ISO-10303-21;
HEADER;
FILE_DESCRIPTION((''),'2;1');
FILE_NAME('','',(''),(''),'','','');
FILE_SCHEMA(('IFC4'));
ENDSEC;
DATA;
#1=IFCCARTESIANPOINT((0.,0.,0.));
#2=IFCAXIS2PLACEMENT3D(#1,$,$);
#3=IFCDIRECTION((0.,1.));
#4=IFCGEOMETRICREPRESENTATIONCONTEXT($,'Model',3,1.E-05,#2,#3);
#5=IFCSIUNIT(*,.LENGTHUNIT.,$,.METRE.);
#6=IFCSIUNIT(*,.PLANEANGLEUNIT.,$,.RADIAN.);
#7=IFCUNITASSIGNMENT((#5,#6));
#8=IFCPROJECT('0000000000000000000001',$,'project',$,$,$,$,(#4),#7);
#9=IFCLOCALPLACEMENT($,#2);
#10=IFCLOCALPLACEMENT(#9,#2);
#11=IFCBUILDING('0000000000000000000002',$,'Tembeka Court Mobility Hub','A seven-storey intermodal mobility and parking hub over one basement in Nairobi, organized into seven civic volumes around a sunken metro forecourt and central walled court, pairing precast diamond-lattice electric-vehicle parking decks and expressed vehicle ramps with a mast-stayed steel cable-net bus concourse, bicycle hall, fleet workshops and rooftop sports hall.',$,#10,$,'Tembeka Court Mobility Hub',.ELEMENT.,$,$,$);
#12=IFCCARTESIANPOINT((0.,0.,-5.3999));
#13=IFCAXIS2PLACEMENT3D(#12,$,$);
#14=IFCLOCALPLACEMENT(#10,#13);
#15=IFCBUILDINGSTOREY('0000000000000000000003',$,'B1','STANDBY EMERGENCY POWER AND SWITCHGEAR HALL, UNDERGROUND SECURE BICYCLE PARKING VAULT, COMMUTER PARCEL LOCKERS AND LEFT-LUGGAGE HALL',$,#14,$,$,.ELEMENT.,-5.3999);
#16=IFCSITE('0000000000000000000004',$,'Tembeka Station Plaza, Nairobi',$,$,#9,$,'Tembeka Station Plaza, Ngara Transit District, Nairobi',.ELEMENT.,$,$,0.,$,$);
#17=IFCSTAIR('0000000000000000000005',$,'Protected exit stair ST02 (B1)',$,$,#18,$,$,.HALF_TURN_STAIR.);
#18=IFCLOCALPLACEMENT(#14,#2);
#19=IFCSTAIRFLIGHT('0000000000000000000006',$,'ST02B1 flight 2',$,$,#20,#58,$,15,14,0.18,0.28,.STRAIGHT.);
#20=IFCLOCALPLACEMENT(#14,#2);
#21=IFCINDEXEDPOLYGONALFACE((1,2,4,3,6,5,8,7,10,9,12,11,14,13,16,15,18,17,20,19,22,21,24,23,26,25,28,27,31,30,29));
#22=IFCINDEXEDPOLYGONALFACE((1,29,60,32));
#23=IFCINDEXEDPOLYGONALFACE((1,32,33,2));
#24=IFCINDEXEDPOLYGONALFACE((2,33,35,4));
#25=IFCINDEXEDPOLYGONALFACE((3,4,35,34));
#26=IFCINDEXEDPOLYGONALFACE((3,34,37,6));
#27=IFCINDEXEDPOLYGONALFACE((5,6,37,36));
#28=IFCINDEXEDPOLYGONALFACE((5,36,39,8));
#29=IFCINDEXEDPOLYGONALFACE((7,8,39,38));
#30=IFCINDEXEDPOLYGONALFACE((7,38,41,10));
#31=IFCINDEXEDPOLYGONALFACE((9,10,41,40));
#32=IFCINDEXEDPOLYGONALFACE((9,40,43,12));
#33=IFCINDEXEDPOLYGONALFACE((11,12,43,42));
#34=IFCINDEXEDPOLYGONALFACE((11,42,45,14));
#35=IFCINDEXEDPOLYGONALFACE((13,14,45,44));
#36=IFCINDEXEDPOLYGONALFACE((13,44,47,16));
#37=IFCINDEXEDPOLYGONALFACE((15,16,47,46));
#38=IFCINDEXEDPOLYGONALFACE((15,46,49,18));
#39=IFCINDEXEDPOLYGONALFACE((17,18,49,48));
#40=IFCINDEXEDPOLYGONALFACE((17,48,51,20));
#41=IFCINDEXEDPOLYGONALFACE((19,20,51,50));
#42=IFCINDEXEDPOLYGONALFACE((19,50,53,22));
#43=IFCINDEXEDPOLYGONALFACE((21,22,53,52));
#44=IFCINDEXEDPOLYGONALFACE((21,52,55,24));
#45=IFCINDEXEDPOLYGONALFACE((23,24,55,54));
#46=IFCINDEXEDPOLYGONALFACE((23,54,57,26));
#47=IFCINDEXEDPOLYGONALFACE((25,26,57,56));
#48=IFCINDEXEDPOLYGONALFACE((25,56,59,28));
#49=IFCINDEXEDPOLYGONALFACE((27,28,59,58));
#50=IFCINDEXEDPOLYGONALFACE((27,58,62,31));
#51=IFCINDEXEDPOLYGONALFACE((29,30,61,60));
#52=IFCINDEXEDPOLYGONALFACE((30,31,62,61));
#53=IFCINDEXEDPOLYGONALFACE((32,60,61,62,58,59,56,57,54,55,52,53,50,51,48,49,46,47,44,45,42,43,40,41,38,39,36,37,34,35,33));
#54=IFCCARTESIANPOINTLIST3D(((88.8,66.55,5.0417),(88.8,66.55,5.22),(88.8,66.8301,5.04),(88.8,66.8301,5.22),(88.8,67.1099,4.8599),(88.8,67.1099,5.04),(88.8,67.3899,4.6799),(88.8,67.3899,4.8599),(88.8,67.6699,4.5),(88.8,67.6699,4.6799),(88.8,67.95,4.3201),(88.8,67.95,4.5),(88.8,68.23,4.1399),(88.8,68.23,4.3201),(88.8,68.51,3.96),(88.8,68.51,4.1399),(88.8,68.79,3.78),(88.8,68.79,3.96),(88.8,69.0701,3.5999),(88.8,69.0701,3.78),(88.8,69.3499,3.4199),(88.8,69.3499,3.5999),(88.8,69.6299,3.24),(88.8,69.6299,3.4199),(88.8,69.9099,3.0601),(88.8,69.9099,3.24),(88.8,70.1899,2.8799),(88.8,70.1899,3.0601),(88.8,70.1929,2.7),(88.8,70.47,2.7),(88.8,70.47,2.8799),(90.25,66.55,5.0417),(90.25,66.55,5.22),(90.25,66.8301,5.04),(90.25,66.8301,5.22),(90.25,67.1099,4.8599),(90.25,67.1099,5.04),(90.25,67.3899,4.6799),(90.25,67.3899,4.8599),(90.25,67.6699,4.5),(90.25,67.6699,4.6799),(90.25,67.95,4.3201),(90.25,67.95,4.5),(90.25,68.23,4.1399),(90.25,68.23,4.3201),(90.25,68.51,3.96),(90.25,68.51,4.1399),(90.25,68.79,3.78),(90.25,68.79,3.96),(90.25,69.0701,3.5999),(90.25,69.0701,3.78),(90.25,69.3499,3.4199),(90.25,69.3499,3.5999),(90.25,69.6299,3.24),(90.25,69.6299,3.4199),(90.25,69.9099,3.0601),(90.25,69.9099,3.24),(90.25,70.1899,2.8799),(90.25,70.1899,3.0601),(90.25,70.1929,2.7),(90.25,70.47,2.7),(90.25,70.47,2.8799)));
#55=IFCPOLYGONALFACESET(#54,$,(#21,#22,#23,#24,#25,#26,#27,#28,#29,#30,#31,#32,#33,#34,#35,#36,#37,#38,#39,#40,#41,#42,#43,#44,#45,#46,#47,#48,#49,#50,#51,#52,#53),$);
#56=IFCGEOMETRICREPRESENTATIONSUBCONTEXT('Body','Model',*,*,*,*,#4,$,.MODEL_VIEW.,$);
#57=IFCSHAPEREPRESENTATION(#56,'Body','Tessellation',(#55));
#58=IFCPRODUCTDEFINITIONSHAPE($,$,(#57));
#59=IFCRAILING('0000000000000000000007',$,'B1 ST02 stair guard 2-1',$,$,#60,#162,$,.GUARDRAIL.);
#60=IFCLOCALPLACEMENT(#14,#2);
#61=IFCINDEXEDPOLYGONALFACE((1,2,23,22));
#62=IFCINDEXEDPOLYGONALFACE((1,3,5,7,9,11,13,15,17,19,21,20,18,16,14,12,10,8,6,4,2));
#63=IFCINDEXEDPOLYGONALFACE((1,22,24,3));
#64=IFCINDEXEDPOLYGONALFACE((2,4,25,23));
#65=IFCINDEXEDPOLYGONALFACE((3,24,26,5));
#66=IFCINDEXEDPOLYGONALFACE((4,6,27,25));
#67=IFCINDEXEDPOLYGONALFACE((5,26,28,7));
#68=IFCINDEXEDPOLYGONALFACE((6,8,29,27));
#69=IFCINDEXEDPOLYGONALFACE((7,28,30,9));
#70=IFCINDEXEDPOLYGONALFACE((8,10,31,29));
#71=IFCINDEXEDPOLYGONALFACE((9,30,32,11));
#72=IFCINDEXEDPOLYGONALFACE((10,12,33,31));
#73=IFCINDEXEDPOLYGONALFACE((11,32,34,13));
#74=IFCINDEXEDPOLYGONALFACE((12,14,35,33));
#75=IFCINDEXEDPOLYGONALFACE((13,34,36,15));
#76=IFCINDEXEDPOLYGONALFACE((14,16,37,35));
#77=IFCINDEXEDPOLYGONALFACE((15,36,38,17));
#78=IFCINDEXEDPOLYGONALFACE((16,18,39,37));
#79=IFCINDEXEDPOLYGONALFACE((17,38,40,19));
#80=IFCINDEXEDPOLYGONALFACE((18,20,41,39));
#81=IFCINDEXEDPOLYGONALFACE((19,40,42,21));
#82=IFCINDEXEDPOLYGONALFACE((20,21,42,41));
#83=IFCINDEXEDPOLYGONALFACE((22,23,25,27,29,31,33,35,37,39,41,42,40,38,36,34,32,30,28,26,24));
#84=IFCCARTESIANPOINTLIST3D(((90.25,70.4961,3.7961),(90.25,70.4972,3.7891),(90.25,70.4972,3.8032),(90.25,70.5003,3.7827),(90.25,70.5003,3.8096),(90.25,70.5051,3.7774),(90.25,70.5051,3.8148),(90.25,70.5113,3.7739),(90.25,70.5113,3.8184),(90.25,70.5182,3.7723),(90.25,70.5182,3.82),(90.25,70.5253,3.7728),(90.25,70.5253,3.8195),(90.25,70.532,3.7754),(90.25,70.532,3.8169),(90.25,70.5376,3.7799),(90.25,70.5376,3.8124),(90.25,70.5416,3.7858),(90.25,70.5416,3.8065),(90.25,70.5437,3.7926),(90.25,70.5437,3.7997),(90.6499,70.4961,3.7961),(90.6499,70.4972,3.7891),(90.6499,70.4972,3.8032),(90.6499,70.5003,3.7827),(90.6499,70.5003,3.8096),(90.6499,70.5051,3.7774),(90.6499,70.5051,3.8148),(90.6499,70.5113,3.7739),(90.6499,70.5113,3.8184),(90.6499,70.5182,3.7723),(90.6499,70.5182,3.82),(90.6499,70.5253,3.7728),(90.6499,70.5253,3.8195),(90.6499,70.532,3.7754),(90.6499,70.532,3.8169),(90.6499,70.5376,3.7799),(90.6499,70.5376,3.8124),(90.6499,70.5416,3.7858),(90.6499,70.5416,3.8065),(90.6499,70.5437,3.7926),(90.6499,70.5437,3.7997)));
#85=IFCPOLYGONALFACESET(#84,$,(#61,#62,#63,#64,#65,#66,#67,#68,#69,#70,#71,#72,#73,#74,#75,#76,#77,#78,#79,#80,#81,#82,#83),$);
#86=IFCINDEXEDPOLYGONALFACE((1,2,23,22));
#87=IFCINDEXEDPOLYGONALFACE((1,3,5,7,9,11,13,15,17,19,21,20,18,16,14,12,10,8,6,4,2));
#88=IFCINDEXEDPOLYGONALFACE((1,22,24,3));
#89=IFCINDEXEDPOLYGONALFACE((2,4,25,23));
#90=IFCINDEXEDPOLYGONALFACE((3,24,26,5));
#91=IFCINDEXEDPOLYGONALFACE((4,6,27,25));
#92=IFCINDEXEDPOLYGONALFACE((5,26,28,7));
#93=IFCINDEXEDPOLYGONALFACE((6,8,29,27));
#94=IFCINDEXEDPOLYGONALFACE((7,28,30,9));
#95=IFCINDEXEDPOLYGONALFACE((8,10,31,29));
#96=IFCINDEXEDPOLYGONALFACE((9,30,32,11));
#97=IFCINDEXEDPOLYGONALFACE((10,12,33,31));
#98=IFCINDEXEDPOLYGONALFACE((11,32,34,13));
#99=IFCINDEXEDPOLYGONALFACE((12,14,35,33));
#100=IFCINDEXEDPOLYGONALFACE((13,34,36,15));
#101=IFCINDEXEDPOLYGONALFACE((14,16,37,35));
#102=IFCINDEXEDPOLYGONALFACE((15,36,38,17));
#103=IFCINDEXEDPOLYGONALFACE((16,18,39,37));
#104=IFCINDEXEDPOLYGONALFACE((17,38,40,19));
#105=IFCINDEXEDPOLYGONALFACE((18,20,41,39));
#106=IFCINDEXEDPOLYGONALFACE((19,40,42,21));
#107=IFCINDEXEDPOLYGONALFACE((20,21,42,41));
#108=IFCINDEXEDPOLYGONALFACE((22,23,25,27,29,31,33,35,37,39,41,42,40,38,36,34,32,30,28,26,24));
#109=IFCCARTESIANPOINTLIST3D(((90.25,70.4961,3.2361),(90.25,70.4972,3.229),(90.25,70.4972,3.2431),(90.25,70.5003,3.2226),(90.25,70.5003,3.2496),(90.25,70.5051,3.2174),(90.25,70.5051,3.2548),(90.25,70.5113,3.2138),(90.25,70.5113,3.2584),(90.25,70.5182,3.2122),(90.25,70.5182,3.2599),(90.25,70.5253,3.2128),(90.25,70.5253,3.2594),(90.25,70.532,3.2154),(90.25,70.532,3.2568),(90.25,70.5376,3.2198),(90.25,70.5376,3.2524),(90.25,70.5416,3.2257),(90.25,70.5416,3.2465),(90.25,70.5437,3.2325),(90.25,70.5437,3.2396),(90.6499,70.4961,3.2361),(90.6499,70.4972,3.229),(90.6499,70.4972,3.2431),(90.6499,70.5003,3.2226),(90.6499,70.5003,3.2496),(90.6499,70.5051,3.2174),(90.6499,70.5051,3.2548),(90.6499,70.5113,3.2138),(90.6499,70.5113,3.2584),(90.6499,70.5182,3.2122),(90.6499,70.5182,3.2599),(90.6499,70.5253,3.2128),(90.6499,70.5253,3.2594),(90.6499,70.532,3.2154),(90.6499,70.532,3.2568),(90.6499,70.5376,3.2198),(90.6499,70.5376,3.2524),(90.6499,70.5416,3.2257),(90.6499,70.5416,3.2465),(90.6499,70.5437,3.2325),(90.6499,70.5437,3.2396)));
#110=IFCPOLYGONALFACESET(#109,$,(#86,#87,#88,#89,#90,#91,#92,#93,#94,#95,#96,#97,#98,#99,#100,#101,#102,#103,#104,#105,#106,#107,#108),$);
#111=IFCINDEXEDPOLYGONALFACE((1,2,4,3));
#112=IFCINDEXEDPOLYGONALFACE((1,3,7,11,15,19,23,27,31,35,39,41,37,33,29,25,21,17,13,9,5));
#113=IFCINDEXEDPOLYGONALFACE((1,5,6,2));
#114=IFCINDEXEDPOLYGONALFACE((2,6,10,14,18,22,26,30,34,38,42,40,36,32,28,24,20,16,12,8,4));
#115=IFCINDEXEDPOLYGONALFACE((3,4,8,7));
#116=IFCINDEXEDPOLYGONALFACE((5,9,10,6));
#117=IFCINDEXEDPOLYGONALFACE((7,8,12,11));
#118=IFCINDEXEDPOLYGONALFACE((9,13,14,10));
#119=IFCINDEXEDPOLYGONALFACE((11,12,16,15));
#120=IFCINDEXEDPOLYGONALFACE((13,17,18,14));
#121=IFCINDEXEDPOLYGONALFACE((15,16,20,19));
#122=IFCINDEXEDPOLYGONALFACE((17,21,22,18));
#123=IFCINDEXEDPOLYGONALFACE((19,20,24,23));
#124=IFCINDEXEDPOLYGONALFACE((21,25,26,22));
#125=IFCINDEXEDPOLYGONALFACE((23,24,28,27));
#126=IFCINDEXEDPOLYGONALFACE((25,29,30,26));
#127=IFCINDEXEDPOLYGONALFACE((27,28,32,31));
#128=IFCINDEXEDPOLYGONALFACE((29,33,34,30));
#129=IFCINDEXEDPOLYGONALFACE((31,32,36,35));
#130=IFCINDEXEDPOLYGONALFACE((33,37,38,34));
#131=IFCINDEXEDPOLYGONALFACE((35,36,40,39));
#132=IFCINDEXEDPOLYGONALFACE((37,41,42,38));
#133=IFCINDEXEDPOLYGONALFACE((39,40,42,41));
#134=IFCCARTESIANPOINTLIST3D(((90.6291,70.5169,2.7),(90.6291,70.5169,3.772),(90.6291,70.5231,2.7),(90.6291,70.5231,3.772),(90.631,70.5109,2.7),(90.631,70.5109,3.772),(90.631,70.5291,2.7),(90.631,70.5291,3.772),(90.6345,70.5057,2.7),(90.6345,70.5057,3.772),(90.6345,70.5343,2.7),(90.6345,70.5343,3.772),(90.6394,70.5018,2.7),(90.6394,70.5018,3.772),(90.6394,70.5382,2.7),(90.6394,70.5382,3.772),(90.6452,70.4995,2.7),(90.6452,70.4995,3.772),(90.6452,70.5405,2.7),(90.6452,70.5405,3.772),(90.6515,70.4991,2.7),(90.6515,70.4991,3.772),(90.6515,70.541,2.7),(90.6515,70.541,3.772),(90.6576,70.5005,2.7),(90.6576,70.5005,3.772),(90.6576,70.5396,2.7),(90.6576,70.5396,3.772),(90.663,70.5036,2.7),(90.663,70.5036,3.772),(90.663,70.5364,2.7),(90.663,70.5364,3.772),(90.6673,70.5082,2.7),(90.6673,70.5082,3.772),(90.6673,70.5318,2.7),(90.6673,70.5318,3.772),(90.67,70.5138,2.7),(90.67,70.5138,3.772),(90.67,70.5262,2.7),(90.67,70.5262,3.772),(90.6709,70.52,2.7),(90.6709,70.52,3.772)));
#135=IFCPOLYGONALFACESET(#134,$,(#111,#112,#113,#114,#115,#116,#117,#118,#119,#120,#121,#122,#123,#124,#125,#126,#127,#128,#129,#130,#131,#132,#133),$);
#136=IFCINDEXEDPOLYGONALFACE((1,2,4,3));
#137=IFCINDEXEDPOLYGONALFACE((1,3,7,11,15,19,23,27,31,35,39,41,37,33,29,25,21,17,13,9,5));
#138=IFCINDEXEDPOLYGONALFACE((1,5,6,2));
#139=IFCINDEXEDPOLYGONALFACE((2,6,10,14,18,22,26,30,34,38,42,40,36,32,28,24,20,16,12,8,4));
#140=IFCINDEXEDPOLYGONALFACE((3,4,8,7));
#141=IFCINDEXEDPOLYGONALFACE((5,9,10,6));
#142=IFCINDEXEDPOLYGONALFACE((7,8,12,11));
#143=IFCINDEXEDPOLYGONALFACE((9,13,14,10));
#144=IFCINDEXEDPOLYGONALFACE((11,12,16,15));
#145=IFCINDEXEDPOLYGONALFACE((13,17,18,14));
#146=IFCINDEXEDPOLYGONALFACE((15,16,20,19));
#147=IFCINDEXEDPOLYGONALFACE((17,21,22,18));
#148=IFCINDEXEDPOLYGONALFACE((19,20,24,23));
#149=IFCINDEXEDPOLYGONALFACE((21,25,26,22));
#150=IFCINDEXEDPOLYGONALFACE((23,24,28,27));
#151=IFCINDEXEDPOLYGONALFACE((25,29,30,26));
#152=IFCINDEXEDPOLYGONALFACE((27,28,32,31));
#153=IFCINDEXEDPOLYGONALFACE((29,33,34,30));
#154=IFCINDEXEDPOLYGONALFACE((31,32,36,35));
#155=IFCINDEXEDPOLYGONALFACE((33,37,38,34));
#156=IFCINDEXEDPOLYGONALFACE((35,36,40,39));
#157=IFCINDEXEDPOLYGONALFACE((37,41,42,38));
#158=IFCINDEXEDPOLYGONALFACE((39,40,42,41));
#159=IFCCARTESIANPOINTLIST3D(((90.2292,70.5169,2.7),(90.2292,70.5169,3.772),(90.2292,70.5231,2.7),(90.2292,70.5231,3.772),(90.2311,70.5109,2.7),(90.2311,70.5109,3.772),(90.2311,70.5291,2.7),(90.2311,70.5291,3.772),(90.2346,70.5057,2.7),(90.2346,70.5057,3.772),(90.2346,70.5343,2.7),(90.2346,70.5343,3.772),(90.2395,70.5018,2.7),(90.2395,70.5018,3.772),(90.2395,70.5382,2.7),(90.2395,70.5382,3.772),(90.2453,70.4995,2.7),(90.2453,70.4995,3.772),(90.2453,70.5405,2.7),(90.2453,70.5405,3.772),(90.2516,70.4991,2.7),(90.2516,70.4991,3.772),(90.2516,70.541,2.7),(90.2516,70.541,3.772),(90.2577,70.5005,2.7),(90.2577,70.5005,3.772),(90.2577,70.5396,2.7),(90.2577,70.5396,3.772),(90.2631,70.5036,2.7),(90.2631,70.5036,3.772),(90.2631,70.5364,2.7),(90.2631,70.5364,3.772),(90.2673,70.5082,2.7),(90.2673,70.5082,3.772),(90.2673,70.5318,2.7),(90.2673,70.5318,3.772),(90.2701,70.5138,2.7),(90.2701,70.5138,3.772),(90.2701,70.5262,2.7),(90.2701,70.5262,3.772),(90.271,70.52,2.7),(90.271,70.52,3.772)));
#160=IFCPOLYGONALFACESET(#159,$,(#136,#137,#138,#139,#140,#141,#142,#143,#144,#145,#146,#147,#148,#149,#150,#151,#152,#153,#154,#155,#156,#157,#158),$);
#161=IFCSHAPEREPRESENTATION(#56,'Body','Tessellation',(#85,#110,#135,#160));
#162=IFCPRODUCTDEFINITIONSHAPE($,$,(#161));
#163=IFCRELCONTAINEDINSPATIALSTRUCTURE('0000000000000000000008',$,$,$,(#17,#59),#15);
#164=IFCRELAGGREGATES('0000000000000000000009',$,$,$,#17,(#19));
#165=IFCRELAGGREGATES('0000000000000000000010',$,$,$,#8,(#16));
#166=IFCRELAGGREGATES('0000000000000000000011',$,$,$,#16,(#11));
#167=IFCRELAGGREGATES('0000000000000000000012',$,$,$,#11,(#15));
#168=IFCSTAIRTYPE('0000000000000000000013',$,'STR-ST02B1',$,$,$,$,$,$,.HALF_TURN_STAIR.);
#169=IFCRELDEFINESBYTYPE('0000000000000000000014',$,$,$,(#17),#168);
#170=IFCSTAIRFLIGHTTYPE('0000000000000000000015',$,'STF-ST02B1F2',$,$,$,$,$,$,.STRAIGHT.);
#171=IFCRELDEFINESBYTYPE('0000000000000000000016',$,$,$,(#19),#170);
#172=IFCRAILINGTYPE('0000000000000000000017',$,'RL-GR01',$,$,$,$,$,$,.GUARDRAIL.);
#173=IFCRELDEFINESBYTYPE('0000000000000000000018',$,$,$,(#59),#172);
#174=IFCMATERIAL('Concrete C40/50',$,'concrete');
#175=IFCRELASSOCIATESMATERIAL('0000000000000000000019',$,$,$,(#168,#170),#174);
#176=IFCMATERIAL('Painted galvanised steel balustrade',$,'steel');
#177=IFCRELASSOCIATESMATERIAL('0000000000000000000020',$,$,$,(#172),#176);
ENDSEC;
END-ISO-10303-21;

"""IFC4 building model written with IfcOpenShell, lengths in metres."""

from ifc_helpers import new_model, si_unit, direction, frame, origin, origin_2d, place, context, subcontext, project, spatial, polyline, circle, outline, extrude, material, type_object, element, aggregate, save


model = new_model("IFC4")

# Units and contexts
model_context = context("Model", 3, precision=1e-05, world=origin(), true_north=direction((0.0, 1.0)))
body_context = subcontext(model_context, "Body", "Model", "MODEL_VIEW")
ifc_project = project(units=[si_unit("LENGTHUNIT", "METRE"), si_unit("PLANEANGLEUNIT", "RADIAN")], contexts=[model_context])

# Site, building, storey
site_placement = place(None, origin())
site = spatial("IfcSite", under=ifc_project, at=site_placement, Name="Tembeka Station Plaza, Nairobi", LongName="Tembeka Station Plaza, Ngara Transit District, Nairobi", CompositionType="ELEMENT", RefElevation=0.0)
building_placement = place(site_placement, origin())
building = spatial("IfcBuilding", under=site, at=building_placement, Name="Tembeka Court Mobility Hub", Description="A seven-storey intermodal mobility and parking hub over one basement in Nairobi, organized into seven civic volumes around a sunken metro forecourt and central walled court, pairing precast diamond-lattice electric-vehicle parking decks and expressed vehicle ramps with a mast-stayed steel cable-net bus concourse, bicycle hall, fleet workshops and rooftop sports hall.", LongName="Tembeka Court Mobility Hub", CompositionType="ELEMENT")
storey_placement = place(building_placement, frame((0.0, 0.0, -5.3999)))
storey = spatial("IfcBuildingStorey", under=building, at=storey_placement, Name="B1", Description="STANDBY EMERGENCY POWER AND SWITCHGEAR HALL, UNDERGROUND SECURE BICYCLE PARKING VAULT, COMMUTER PARCEL LOCKERS AND LEFT-LUGGAGE HALL", CompositionType="ELEMENT", Elevation=-5.3999)

# Shared definitions
ifc_material_1 = material(Name="Concrete C40/50", Category="concrete")

# Stair, stair flight
stair_type = type_object("IfcStairType", Name="STR-ST02B1", PredefinedType="HALF_TURN_STAIR", material=ifc_material_1)
stair_placement = place(storey_placement, origin())
stair = element("IfcStair", 1, at=stair_placement, inside=storey, type_object=stair_type, Name="Protected exit stair ST02 (B1)", PredefinedType="HALF_TURN_STAIR")
stair_flight_type = type_object("IfcStairFlightType", Name="STF-ST02B1F2", PredefinedType="STRAIGHT", material=ifc_material_1)
stair_flight_placement = place(storey_placement, frame((89.5249, 70.47, 2.7), z_axis=(0.0, 0.0, 1.0), x_axis=(0.0, -1.0, 0.0)))
stair_flight = element("IfcStairFlight", 2, at=stair_flight_placement, type_object=stair_flight_type, Name="ST02B1 flight 2", NumberOfRisers=15, NumberOfTreads=14, PredefinedType="STRAIGHT", RiserHeight=0.18, TreadLength=0.28, context=body_context, shape_type="SweptSolid", body=[
    extrude(outline(polyline([(0.0, 0.0), (0.0, 0.1799), (0.28, 0.1799), (0.28, 0.3601), (0.5601, 0.3601), (0.5601, 0.54), (0.8401, 0.54), (0.8401, 0.72), (1.1201, 0.72), (1.1201, 0.8999), (1.3999, 0.8999), (1.3999, 1.0801), (1.6799, 1.0801), (1.6799, 1.26), (1.96, 1.26), (1.96, 1.4399), (2.24, 1.4399), (2.24, 1.6201), (2.52, 1.6201), (2.52, 1.8), (2.8, 1.8), (2.8, 1.98), (3.0801, 1.98), (3.0801, 2.1599), (3.3601, 2.1599), (3.3601, 2.3401), (3.6399, 2.3401), (3.6399, 2.52), (3.9199, 2.52), (3.9199, 2.7), (3.9199, 2.3418), (0.2771, 0.0), (0.0, 0.0)])), frame((0.0, 0.7251, 0.0), z_axis=(0.0, -1.0, 0.0), x_axis=(1.0, 0.0, 0.0)), (0.0, 0.0, 1.0), 1.45),
])
aggregate(stair, [stair_flight])

# Railing
ifc_material_2 = material(Name="Painted galvanised steel balustrade", Category="steel")
railing_type_1 = type_object("IfcRailingType", Name="RL-GR01", PredefinedType="GUARDRAIL", material=ifc_material_2)
railing_1_placement = place(storey_placement, frame((90.6499, 70.52, 2.7)))
element("IfcRailing", 3, at=railing_1_placement, inside=storey, type_object=railing_type_1, Name="B1 ST02 stair guard 2-1", PredefinedType="GUARDRAIL", context=body_context, shape_type="SweptSolid", body=[
    extrude(circle(Radius=0.0239, at=origin_2d()), frame((0.0, 0.0, 1.0962), z_axis=(-1.0, 0.0, 0.0), x_axis=(0.0, -1.0, 0.0)), (0.0, 0.0, 1.0), 0.3999),
    extrude(circle(Radius=0.0239, at=origin_2d()), frame((0.0, 0.0, 0.5361), z_axis=(-1.0, 0.0, 0.0), x_axis=(0.0, -1.0, 0.0)), (0.0, 0.0, 1.0), 0.3999),
    extrude(circle(Radius=0.021, at=origin_2d()), origin(), (0.0, 0.0, 1.0), 1.072),
    extrude(circle(Radius=0.021, at=origin_2d()), frame((-0.3999, 0.0, 0.0)), (0.0, 0.0, 1.0), 1.072),
])

save(model, "model.ifc")
